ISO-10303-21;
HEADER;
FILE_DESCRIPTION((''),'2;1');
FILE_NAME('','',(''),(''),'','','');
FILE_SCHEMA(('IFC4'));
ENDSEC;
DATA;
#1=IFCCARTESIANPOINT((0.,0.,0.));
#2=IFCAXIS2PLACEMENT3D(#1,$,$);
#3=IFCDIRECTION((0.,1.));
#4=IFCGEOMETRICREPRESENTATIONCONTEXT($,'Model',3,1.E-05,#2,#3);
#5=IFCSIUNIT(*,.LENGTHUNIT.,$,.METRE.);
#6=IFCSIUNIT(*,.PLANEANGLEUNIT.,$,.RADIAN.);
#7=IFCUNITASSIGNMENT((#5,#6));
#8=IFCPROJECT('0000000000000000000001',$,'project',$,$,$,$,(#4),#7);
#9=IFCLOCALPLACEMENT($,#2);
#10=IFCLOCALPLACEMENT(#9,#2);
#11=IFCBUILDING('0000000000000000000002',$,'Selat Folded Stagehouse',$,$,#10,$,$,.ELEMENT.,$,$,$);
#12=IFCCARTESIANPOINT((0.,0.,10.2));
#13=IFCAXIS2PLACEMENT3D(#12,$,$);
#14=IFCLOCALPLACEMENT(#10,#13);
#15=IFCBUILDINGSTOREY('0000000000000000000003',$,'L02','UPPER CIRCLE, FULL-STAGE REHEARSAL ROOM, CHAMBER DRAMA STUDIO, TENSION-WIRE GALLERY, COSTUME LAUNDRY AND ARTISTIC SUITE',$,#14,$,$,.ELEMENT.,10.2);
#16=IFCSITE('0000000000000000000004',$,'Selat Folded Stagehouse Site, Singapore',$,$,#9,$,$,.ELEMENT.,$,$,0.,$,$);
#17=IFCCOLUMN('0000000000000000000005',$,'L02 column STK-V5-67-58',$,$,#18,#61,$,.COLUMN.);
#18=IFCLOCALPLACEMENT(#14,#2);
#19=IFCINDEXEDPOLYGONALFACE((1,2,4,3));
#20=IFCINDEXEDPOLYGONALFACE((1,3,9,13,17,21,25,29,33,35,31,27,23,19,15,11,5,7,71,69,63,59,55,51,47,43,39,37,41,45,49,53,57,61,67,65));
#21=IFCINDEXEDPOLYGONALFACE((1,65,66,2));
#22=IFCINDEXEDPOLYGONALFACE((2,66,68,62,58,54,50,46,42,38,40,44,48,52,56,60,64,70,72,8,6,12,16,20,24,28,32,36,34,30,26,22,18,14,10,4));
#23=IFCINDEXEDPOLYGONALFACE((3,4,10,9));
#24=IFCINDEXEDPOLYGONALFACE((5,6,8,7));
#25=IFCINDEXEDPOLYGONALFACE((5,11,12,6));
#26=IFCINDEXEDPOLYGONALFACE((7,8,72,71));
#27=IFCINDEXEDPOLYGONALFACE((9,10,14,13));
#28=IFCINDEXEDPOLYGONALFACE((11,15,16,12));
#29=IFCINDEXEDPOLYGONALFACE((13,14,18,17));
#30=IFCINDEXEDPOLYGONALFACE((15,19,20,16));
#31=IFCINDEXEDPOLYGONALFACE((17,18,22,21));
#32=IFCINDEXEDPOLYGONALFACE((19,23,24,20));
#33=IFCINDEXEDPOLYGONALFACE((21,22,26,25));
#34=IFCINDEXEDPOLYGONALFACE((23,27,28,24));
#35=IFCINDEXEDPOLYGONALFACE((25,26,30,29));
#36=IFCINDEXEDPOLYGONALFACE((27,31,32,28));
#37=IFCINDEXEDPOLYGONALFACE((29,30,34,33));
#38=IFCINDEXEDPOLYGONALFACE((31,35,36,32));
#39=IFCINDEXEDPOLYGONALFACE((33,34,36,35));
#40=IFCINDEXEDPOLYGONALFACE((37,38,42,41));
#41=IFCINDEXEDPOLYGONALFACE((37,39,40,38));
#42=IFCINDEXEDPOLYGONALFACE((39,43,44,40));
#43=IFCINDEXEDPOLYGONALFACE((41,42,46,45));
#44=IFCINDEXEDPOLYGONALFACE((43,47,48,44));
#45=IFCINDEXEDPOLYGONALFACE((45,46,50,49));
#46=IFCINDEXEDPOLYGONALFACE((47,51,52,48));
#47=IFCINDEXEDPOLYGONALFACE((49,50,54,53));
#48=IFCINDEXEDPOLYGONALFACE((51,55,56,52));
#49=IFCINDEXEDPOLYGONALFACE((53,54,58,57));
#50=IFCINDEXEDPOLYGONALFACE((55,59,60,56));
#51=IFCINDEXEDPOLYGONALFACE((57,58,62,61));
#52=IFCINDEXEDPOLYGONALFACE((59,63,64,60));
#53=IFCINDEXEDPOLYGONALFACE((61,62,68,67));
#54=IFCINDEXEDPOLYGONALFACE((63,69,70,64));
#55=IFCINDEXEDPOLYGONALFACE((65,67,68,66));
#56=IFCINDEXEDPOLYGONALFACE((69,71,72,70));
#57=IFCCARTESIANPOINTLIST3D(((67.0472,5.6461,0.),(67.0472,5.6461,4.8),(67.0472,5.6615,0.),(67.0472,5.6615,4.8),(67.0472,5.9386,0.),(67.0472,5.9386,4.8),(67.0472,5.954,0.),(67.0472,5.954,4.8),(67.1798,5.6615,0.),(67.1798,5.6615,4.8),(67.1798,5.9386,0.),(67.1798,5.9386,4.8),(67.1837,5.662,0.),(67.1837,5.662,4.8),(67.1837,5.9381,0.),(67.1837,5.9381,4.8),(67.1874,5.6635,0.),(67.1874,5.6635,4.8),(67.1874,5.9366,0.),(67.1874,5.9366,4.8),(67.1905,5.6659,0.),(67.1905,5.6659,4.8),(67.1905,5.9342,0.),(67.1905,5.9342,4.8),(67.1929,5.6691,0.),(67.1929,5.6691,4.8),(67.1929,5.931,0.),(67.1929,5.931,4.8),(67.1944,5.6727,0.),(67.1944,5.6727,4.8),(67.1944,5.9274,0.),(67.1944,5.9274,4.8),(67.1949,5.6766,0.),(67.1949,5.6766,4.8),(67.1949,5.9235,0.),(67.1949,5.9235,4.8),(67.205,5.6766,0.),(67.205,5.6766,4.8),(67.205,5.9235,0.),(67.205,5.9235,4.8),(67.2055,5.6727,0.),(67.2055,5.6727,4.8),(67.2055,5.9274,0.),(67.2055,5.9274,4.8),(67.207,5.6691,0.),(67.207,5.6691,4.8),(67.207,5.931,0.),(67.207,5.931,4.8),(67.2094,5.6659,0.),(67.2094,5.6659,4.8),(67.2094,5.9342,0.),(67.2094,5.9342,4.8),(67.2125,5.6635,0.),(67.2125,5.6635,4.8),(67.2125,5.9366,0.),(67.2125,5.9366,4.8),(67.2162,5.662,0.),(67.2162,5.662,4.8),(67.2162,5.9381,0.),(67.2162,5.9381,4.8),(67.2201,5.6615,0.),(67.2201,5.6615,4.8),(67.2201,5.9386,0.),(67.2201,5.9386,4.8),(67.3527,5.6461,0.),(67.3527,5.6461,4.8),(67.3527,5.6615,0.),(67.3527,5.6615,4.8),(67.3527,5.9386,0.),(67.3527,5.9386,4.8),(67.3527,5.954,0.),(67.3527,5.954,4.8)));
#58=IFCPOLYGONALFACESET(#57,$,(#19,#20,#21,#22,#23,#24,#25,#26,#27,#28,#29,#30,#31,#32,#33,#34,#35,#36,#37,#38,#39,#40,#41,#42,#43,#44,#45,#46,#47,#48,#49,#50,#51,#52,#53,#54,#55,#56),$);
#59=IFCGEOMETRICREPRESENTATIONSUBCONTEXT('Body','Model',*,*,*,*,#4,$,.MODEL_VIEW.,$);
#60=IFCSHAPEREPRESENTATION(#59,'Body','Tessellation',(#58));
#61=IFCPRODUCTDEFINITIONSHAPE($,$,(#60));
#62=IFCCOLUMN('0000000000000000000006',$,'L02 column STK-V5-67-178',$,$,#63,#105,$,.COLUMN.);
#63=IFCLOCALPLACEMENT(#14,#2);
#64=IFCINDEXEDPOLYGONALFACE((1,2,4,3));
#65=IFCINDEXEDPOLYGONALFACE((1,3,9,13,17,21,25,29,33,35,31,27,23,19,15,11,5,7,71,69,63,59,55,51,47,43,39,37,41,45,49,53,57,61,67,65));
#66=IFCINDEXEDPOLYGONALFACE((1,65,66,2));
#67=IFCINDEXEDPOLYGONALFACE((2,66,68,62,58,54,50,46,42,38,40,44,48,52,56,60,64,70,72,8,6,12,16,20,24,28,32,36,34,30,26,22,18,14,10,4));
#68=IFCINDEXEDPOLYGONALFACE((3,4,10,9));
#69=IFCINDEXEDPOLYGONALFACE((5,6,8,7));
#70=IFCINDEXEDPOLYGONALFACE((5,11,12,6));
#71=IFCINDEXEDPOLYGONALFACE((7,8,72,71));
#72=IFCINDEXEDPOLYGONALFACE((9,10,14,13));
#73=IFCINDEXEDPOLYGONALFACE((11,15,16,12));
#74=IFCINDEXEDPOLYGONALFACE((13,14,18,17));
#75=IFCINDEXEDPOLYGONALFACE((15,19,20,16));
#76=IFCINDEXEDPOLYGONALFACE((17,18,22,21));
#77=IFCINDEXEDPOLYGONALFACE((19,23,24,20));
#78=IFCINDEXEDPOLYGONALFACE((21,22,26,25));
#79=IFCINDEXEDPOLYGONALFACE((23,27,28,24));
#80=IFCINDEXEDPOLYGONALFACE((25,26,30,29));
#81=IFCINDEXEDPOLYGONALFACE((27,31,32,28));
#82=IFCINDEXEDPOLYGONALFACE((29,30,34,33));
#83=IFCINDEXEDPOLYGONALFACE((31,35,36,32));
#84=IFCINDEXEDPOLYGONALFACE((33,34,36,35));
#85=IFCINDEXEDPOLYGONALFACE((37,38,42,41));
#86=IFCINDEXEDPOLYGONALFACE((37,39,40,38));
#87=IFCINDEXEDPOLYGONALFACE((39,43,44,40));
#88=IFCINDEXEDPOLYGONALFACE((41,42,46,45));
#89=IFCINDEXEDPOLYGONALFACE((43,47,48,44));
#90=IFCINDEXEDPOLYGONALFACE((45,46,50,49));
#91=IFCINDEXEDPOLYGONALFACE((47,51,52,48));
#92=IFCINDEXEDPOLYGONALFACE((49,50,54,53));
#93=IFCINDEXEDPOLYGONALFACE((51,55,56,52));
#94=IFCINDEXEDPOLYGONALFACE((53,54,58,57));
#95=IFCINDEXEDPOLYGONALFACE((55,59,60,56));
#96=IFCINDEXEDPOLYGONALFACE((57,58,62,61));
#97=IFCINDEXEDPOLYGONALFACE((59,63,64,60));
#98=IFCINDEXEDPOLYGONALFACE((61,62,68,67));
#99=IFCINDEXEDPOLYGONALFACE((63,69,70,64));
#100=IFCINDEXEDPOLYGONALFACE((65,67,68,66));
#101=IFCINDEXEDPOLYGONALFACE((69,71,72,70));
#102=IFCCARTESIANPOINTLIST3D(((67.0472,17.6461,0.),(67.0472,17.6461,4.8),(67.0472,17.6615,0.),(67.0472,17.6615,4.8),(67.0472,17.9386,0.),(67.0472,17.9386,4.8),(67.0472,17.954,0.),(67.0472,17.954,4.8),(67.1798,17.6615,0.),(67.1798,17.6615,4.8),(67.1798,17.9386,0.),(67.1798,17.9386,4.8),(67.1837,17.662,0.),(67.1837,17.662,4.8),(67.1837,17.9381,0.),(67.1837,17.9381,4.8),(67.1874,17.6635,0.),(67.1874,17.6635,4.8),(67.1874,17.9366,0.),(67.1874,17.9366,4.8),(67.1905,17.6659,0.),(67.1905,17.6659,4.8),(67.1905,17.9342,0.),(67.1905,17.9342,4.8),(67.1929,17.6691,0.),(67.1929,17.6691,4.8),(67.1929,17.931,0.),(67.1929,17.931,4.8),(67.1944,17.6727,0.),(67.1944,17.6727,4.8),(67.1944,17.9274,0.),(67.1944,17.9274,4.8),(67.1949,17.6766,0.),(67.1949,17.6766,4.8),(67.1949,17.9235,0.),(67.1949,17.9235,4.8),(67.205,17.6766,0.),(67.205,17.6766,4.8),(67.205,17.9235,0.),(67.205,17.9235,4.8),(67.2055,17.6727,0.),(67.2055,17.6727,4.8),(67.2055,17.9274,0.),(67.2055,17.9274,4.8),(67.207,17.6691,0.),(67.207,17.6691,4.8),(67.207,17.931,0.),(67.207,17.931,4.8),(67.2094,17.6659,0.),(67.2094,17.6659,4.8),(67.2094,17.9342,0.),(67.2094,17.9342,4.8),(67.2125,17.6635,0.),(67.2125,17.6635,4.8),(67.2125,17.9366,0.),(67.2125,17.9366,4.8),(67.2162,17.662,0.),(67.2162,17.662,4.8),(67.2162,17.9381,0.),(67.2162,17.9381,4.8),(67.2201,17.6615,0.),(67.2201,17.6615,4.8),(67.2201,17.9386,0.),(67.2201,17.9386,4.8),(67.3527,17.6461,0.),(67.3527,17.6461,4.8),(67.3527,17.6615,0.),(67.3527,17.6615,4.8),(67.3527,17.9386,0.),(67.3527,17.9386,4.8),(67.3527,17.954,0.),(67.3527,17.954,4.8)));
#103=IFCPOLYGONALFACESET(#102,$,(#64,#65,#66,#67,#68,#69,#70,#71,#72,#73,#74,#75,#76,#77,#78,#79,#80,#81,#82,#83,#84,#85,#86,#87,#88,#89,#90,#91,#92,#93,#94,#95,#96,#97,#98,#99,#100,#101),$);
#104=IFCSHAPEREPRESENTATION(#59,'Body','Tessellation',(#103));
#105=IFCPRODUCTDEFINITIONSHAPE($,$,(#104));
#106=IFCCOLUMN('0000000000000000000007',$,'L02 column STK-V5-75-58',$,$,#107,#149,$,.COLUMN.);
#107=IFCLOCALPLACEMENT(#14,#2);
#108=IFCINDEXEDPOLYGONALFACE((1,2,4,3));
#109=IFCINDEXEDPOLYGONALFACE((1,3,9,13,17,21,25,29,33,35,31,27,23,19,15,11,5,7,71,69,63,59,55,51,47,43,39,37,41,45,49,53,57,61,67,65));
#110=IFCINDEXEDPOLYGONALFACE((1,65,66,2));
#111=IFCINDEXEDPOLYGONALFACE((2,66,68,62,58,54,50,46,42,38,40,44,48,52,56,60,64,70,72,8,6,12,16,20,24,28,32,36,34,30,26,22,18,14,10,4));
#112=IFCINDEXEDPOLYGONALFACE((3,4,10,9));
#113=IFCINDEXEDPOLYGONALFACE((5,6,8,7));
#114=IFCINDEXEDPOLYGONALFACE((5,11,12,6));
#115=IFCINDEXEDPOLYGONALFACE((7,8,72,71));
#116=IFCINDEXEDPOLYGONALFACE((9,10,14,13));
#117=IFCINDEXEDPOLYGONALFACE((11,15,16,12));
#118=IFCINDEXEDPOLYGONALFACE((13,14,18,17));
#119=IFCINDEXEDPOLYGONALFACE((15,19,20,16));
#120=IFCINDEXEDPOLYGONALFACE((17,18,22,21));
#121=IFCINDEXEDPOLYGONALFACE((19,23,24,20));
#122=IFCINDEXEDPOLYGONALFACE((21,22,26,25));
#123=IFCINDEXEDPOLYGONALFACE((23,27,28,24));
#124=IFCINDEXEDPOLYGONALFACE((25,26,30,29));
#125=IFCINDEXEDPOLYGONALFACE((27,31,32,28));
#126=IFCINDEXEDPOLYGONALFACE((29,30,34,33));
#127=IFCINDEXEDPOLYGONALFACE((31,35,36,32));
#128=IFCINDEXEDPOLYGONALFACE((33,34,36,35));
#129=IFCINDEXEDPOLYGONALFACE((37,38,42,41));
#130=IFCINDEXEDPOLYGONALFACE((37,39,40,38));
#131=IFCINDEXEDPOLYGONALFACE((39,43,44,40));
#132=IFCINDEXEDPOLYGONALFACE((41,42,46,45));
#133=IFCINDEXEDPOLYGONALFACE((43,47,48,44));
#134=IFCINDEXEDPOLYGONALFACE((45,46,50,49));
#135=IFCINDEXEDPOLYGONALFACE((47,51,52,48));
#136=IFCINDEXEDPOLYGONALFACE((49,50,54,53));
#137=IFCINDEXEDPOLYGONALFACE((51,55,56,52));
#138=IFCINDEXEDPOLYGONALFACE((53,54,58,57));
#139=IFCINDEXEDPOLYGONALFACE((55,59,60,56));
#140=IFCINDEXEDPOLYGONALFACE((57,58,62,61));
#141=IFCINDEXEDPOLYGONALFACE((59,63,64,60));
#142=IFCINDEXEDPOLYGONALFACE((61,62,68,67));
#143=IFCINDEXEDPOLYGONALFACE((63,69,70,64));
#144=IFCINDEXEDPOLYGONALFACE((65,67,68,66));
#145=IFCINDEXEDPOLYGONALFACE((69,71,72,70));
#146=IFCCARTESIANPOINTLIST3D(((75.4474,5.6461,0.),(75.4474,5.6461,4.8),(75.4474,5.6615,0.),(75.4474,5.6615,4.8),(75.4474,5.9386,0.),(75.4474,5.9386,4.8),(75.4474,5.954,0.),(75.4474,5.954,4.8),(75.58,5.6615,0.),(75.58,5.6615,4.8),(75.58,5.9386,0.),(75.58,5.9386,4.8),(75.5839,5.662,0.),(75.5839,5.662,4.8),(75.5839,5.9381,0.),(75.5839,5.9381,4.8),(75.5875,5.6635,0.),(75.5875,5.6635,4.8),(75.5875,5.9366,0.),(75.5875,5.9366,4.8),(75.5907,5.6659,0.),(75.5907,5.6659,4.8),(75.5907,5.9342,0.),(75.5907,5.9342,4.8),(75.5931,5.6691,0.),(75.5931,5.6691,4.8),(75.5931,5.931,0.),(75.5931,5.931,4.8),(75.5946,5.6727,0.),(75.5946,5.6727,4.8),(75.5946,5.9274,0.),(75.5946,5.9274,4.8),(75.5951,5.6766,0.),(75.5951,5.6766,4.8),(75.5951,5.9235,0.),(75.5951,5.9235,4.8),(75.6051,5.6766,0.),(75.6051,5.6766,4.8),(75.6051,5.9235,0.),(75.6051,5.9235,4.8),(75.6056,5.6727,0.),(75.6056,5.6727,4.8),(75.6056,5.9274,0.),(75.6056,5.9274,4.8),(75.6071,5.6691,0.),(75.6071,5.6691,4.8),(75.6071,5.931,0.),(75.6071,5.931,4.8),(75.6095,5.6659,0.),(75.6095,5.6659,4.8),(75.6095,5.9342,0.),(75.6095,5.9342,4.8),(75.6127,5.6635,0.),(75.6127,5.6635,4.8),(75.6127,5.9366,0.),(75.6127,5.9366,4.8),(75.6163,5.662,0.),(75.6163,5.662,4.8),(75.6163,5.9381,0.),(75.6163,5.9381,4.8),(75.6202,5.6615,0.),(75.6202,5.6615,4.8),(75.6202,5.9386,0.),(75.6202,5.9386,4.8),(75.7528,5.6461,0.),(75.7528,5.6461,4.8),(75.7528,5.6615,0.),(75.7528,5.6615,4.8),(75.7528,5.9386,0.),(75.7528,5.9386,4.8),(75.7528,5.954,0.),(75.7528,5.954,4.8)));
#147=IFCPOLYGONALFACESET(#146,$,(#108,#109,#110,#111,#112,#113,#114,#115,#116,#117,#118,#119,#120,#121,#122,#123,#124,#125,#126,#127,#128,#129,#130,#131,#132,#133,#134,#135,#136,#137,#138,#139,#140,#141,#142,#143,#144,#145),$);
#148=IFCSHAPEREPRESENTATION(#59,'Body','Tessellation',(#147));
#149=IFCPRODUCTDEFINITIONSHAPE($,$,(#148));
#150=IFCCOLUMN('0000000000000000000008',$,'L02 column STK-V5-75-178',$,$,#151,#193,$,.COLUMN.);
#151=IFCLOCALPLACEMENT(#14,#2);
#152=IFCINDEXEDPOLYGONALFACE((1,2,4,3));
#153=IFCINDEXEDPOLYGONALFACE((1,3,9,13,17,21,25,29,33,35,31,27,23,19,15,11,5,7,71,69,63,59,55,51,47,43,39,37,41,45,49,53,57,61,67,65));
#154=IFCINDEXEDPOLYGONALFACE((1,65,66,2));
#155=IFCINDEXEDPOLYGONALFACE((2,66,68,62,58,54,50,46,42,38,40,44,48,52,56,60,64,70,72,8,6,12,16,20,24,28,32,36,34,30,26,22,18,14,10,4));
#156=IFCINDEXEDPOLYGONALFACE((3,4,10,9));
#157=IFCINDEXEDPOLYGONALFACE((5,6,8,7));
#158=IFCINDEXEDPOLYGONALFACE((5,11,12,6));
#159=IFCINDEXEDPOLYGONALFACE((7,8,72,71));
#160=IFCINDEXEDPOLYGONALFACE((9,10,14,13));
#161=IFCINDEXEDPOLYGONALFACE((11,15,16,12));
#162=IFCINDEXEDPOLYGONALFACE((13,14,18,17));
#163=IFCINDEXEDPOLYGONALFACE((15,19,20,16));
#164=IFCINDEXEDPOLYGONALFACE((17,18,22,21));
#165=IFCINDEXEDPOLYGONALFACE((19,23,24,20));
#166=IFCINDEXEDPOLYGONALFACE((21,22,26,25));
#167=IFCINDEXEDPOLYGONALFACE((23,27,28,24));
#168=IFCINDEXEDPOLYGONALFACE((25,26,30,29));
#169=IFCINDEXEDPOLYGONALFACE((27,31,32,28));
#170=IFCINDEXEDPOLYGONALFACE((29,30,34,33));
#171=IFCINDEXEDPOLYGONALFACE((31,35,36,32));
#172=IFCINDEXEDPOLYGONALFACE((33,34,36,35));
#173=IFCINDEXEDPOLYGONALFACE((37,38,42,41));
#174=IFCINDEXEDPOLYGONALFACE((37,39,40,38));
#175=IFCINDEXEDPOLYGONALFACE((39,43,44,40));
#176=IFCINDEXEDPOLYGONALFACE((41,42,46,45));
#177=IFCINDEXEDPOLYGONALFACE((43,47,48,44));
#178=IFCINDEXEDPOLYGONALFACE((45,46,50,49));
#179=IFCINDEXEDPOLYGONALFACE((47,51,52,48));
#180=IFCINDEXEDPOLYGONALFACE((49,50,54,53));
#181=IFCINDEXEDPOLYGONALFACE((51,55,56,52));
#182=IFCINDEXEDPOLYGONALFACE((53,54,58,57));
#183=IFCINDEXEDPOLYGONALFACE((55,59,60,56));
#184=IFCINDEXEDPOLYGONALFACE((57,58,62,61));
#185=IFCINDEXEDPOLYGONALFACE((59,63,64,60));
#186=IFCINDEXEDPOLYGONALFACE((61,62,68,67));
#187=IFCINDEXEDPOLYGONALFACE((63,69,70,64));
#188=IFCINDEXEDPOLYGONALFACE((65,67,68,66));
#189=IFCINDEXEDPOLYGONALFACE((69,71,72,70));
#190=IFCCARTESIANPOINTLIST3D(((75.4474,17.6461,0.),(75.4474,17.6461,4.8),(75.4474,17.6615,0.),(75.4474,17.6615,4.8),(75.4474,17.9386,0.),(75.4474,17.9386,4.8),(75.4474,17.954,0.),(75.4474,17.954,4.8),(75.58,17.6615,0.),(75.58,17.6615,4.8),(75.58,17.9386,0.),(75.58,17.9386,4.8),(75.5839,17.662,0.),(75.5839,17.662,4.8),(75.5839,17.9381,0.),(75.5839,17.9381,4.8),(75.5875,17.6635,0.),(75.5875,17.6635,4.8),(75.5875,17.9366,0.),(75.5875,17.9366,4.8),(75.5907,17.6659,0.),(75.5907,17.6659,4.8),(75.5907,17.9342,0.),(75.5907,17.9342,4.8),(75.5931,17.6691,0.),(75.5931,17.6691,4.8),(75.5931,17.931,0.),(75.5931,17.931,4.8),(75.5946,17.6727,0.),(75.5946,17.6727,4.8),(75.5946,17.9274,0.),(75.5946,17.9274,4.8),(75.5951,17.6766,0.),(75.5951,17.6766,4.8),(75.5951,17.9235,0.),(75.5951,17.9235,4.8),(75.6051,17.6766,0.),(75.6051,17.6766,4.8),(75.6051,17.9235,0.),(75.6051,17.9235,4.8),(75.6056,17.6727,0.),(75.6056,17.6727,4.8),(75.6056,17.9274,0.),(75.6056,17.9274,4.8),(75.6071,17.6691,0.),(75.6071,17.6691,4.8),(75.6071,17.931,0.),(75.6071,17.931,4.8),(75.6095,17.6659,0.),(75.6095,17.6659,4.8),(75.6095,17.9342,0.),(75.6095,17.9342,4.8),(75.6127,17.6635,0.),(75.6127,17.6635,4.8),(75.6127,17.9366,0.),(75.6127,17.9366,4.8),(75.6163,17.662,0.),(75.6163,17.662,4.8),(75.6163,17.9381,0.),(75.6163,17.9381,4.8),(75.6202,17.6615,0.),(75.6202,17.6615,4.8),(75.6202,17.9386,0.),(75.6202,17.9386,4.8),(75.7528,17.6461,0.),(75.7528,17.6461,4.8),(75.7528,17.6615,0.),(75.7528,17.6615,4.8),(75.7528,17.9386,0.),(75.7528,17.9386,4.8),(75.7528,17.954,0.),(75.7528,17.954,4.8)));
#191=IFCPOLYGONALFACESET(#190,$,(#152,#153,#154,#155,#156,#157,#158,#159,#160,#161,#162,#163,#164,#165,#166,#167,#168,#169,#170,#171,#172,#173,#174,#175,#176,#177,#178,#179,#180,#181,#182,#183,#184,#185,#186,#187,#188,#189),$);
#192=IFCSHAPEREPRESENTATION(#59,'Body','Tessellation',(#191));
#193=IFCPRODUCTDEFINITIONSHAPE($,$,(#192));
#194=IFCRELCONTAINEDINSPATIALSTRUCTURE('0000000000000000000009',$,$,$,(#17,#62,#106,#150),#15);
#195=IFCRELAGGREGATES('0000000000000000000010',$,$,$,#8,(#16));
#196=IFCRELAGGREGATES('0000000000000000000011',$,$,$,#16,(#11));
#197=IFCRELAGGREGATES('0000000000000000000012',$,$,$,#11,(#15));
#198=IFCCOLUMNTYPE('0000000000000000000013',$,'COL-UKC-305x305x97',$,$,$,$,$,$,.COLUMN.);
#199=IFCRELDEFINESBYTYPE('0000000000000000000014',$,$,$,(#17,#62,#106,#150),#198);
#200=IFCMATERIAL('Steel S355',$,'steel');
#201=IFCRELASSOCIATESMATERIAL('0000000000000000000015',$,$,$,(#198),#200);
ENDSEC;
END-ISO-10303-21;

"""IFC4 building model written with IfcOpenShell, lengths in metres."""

from ifc_helpers import new_model, si_unit, direction, frame, origin, origin_2d, place, context, subcontext, project, spatial, i_section, extrude, material, material_profile, profile_set, type_object, element, save


model = new_model("IFC4")

# Units and contexts
model_context = context("Model", 3, precision=1e-05, world=origin(), true_north=direction((0.0, 1.0)))
body_context = subcontext(model_context, "Body", "Model", "MODEL_VIEW")
ifc_project = project(units=[si_unit("LENGTHUNIT", "METRE"), si_unit("PLANEANGLEUNIT", "RADIAN")], contexts=[model_context])

# Site, building, storey
site_placement = place(None, origin())
site = spatial("IfcSite", under=ifc_project, at=site_placement, Name="Selat Folded Stagehouse Site, Singapore", CompositionType="ELEMENT", RefElevation=0.0)
building_placement = place(site_placement, origin())
building = spatial("IfcBuilding", under=site, at=building_placement, Name="Selat Folded Stagehouse", CompositionType="ELEMENT")
storey_placement = place(building_placement, frame((0.0, 0.0, 10.2)))
storey = spatial("IfcBuildingStorey", under=building, at=storey_placement, Name="L02", Description="UPPER CIRCLE, FULL-STAGE REHEARSAL ROOM, CHAMBER DRAMA STUDIO, TENSION-WIRE GALLERY, COSTUME LAUNDRY AND ARTISTIC SUITE", CompositionType="ELEMENT", Elevation=10.2)

# Columns
ifc_material_1 = material(Name="Steel S355", Category="steel")
ifc_material_profile_1 = material_profile(ifc_material_1, i_section(OverallWidth=0.3054, OverallDepth=0.3079, WebThickness=0.01, FlangeThickness=0.0154, FilletRadius=0.0151, at=origin_2d()), Name="UKC 305x305x97")
ifc_profile_set_1 = profile_set([ifc_material_profile_1], Name="Steel S355")
column_type = type_object("IfcColumnType", Name="COL-UKC-305x305x97", PredefinedType="COLUMN", material=ifc_profile_set_1)
for number, where, z_axis, x_axis, name in (
    (1, (67.2, 5.8, 0.0), (0.0, 0.0, 1.0), (1.0, 0.0, 0.0), "L02 column STK-V5-67-58"),
    (2, (67.2, 17.8, 0.0), (0.0, 0.0, 1.0), (1.0, 0.0, 0.0), "L02 column STK-V5-67-178"),
    (3, (75.6001, 5.8, 0.0), (0.0, 0.0, 1.0), (1.0, 0.0, 0.0), "L02 column STK-V5-75-58"),
    (4, (75.6001, 17.8, 0.0), (0.0, 0.0, 1.0), (1.0, 0.0, 0.0), "L02 column STK-V5-75-178"),
):
    element("IfcColumn", number, at=place(storey_placement, frame(where, z_axis=z_axis, x_axis=x_axis)), inside=storey, type_object=column_type, Name=name, PredefinedType="COLUMN", context=body_context, shape_type="SweptSolid", body=[
        extrude(i_section(OverallWidth=0.3054, OverallDepth=0.3079, WebThickness=0.01, FlangeThickness=0.0154, FilletRadius=0.0151, at=origin_2d()), origin(), (0.0, 0.0, 1.0), 4.8),
    ])

save(model, "model.ifc")
